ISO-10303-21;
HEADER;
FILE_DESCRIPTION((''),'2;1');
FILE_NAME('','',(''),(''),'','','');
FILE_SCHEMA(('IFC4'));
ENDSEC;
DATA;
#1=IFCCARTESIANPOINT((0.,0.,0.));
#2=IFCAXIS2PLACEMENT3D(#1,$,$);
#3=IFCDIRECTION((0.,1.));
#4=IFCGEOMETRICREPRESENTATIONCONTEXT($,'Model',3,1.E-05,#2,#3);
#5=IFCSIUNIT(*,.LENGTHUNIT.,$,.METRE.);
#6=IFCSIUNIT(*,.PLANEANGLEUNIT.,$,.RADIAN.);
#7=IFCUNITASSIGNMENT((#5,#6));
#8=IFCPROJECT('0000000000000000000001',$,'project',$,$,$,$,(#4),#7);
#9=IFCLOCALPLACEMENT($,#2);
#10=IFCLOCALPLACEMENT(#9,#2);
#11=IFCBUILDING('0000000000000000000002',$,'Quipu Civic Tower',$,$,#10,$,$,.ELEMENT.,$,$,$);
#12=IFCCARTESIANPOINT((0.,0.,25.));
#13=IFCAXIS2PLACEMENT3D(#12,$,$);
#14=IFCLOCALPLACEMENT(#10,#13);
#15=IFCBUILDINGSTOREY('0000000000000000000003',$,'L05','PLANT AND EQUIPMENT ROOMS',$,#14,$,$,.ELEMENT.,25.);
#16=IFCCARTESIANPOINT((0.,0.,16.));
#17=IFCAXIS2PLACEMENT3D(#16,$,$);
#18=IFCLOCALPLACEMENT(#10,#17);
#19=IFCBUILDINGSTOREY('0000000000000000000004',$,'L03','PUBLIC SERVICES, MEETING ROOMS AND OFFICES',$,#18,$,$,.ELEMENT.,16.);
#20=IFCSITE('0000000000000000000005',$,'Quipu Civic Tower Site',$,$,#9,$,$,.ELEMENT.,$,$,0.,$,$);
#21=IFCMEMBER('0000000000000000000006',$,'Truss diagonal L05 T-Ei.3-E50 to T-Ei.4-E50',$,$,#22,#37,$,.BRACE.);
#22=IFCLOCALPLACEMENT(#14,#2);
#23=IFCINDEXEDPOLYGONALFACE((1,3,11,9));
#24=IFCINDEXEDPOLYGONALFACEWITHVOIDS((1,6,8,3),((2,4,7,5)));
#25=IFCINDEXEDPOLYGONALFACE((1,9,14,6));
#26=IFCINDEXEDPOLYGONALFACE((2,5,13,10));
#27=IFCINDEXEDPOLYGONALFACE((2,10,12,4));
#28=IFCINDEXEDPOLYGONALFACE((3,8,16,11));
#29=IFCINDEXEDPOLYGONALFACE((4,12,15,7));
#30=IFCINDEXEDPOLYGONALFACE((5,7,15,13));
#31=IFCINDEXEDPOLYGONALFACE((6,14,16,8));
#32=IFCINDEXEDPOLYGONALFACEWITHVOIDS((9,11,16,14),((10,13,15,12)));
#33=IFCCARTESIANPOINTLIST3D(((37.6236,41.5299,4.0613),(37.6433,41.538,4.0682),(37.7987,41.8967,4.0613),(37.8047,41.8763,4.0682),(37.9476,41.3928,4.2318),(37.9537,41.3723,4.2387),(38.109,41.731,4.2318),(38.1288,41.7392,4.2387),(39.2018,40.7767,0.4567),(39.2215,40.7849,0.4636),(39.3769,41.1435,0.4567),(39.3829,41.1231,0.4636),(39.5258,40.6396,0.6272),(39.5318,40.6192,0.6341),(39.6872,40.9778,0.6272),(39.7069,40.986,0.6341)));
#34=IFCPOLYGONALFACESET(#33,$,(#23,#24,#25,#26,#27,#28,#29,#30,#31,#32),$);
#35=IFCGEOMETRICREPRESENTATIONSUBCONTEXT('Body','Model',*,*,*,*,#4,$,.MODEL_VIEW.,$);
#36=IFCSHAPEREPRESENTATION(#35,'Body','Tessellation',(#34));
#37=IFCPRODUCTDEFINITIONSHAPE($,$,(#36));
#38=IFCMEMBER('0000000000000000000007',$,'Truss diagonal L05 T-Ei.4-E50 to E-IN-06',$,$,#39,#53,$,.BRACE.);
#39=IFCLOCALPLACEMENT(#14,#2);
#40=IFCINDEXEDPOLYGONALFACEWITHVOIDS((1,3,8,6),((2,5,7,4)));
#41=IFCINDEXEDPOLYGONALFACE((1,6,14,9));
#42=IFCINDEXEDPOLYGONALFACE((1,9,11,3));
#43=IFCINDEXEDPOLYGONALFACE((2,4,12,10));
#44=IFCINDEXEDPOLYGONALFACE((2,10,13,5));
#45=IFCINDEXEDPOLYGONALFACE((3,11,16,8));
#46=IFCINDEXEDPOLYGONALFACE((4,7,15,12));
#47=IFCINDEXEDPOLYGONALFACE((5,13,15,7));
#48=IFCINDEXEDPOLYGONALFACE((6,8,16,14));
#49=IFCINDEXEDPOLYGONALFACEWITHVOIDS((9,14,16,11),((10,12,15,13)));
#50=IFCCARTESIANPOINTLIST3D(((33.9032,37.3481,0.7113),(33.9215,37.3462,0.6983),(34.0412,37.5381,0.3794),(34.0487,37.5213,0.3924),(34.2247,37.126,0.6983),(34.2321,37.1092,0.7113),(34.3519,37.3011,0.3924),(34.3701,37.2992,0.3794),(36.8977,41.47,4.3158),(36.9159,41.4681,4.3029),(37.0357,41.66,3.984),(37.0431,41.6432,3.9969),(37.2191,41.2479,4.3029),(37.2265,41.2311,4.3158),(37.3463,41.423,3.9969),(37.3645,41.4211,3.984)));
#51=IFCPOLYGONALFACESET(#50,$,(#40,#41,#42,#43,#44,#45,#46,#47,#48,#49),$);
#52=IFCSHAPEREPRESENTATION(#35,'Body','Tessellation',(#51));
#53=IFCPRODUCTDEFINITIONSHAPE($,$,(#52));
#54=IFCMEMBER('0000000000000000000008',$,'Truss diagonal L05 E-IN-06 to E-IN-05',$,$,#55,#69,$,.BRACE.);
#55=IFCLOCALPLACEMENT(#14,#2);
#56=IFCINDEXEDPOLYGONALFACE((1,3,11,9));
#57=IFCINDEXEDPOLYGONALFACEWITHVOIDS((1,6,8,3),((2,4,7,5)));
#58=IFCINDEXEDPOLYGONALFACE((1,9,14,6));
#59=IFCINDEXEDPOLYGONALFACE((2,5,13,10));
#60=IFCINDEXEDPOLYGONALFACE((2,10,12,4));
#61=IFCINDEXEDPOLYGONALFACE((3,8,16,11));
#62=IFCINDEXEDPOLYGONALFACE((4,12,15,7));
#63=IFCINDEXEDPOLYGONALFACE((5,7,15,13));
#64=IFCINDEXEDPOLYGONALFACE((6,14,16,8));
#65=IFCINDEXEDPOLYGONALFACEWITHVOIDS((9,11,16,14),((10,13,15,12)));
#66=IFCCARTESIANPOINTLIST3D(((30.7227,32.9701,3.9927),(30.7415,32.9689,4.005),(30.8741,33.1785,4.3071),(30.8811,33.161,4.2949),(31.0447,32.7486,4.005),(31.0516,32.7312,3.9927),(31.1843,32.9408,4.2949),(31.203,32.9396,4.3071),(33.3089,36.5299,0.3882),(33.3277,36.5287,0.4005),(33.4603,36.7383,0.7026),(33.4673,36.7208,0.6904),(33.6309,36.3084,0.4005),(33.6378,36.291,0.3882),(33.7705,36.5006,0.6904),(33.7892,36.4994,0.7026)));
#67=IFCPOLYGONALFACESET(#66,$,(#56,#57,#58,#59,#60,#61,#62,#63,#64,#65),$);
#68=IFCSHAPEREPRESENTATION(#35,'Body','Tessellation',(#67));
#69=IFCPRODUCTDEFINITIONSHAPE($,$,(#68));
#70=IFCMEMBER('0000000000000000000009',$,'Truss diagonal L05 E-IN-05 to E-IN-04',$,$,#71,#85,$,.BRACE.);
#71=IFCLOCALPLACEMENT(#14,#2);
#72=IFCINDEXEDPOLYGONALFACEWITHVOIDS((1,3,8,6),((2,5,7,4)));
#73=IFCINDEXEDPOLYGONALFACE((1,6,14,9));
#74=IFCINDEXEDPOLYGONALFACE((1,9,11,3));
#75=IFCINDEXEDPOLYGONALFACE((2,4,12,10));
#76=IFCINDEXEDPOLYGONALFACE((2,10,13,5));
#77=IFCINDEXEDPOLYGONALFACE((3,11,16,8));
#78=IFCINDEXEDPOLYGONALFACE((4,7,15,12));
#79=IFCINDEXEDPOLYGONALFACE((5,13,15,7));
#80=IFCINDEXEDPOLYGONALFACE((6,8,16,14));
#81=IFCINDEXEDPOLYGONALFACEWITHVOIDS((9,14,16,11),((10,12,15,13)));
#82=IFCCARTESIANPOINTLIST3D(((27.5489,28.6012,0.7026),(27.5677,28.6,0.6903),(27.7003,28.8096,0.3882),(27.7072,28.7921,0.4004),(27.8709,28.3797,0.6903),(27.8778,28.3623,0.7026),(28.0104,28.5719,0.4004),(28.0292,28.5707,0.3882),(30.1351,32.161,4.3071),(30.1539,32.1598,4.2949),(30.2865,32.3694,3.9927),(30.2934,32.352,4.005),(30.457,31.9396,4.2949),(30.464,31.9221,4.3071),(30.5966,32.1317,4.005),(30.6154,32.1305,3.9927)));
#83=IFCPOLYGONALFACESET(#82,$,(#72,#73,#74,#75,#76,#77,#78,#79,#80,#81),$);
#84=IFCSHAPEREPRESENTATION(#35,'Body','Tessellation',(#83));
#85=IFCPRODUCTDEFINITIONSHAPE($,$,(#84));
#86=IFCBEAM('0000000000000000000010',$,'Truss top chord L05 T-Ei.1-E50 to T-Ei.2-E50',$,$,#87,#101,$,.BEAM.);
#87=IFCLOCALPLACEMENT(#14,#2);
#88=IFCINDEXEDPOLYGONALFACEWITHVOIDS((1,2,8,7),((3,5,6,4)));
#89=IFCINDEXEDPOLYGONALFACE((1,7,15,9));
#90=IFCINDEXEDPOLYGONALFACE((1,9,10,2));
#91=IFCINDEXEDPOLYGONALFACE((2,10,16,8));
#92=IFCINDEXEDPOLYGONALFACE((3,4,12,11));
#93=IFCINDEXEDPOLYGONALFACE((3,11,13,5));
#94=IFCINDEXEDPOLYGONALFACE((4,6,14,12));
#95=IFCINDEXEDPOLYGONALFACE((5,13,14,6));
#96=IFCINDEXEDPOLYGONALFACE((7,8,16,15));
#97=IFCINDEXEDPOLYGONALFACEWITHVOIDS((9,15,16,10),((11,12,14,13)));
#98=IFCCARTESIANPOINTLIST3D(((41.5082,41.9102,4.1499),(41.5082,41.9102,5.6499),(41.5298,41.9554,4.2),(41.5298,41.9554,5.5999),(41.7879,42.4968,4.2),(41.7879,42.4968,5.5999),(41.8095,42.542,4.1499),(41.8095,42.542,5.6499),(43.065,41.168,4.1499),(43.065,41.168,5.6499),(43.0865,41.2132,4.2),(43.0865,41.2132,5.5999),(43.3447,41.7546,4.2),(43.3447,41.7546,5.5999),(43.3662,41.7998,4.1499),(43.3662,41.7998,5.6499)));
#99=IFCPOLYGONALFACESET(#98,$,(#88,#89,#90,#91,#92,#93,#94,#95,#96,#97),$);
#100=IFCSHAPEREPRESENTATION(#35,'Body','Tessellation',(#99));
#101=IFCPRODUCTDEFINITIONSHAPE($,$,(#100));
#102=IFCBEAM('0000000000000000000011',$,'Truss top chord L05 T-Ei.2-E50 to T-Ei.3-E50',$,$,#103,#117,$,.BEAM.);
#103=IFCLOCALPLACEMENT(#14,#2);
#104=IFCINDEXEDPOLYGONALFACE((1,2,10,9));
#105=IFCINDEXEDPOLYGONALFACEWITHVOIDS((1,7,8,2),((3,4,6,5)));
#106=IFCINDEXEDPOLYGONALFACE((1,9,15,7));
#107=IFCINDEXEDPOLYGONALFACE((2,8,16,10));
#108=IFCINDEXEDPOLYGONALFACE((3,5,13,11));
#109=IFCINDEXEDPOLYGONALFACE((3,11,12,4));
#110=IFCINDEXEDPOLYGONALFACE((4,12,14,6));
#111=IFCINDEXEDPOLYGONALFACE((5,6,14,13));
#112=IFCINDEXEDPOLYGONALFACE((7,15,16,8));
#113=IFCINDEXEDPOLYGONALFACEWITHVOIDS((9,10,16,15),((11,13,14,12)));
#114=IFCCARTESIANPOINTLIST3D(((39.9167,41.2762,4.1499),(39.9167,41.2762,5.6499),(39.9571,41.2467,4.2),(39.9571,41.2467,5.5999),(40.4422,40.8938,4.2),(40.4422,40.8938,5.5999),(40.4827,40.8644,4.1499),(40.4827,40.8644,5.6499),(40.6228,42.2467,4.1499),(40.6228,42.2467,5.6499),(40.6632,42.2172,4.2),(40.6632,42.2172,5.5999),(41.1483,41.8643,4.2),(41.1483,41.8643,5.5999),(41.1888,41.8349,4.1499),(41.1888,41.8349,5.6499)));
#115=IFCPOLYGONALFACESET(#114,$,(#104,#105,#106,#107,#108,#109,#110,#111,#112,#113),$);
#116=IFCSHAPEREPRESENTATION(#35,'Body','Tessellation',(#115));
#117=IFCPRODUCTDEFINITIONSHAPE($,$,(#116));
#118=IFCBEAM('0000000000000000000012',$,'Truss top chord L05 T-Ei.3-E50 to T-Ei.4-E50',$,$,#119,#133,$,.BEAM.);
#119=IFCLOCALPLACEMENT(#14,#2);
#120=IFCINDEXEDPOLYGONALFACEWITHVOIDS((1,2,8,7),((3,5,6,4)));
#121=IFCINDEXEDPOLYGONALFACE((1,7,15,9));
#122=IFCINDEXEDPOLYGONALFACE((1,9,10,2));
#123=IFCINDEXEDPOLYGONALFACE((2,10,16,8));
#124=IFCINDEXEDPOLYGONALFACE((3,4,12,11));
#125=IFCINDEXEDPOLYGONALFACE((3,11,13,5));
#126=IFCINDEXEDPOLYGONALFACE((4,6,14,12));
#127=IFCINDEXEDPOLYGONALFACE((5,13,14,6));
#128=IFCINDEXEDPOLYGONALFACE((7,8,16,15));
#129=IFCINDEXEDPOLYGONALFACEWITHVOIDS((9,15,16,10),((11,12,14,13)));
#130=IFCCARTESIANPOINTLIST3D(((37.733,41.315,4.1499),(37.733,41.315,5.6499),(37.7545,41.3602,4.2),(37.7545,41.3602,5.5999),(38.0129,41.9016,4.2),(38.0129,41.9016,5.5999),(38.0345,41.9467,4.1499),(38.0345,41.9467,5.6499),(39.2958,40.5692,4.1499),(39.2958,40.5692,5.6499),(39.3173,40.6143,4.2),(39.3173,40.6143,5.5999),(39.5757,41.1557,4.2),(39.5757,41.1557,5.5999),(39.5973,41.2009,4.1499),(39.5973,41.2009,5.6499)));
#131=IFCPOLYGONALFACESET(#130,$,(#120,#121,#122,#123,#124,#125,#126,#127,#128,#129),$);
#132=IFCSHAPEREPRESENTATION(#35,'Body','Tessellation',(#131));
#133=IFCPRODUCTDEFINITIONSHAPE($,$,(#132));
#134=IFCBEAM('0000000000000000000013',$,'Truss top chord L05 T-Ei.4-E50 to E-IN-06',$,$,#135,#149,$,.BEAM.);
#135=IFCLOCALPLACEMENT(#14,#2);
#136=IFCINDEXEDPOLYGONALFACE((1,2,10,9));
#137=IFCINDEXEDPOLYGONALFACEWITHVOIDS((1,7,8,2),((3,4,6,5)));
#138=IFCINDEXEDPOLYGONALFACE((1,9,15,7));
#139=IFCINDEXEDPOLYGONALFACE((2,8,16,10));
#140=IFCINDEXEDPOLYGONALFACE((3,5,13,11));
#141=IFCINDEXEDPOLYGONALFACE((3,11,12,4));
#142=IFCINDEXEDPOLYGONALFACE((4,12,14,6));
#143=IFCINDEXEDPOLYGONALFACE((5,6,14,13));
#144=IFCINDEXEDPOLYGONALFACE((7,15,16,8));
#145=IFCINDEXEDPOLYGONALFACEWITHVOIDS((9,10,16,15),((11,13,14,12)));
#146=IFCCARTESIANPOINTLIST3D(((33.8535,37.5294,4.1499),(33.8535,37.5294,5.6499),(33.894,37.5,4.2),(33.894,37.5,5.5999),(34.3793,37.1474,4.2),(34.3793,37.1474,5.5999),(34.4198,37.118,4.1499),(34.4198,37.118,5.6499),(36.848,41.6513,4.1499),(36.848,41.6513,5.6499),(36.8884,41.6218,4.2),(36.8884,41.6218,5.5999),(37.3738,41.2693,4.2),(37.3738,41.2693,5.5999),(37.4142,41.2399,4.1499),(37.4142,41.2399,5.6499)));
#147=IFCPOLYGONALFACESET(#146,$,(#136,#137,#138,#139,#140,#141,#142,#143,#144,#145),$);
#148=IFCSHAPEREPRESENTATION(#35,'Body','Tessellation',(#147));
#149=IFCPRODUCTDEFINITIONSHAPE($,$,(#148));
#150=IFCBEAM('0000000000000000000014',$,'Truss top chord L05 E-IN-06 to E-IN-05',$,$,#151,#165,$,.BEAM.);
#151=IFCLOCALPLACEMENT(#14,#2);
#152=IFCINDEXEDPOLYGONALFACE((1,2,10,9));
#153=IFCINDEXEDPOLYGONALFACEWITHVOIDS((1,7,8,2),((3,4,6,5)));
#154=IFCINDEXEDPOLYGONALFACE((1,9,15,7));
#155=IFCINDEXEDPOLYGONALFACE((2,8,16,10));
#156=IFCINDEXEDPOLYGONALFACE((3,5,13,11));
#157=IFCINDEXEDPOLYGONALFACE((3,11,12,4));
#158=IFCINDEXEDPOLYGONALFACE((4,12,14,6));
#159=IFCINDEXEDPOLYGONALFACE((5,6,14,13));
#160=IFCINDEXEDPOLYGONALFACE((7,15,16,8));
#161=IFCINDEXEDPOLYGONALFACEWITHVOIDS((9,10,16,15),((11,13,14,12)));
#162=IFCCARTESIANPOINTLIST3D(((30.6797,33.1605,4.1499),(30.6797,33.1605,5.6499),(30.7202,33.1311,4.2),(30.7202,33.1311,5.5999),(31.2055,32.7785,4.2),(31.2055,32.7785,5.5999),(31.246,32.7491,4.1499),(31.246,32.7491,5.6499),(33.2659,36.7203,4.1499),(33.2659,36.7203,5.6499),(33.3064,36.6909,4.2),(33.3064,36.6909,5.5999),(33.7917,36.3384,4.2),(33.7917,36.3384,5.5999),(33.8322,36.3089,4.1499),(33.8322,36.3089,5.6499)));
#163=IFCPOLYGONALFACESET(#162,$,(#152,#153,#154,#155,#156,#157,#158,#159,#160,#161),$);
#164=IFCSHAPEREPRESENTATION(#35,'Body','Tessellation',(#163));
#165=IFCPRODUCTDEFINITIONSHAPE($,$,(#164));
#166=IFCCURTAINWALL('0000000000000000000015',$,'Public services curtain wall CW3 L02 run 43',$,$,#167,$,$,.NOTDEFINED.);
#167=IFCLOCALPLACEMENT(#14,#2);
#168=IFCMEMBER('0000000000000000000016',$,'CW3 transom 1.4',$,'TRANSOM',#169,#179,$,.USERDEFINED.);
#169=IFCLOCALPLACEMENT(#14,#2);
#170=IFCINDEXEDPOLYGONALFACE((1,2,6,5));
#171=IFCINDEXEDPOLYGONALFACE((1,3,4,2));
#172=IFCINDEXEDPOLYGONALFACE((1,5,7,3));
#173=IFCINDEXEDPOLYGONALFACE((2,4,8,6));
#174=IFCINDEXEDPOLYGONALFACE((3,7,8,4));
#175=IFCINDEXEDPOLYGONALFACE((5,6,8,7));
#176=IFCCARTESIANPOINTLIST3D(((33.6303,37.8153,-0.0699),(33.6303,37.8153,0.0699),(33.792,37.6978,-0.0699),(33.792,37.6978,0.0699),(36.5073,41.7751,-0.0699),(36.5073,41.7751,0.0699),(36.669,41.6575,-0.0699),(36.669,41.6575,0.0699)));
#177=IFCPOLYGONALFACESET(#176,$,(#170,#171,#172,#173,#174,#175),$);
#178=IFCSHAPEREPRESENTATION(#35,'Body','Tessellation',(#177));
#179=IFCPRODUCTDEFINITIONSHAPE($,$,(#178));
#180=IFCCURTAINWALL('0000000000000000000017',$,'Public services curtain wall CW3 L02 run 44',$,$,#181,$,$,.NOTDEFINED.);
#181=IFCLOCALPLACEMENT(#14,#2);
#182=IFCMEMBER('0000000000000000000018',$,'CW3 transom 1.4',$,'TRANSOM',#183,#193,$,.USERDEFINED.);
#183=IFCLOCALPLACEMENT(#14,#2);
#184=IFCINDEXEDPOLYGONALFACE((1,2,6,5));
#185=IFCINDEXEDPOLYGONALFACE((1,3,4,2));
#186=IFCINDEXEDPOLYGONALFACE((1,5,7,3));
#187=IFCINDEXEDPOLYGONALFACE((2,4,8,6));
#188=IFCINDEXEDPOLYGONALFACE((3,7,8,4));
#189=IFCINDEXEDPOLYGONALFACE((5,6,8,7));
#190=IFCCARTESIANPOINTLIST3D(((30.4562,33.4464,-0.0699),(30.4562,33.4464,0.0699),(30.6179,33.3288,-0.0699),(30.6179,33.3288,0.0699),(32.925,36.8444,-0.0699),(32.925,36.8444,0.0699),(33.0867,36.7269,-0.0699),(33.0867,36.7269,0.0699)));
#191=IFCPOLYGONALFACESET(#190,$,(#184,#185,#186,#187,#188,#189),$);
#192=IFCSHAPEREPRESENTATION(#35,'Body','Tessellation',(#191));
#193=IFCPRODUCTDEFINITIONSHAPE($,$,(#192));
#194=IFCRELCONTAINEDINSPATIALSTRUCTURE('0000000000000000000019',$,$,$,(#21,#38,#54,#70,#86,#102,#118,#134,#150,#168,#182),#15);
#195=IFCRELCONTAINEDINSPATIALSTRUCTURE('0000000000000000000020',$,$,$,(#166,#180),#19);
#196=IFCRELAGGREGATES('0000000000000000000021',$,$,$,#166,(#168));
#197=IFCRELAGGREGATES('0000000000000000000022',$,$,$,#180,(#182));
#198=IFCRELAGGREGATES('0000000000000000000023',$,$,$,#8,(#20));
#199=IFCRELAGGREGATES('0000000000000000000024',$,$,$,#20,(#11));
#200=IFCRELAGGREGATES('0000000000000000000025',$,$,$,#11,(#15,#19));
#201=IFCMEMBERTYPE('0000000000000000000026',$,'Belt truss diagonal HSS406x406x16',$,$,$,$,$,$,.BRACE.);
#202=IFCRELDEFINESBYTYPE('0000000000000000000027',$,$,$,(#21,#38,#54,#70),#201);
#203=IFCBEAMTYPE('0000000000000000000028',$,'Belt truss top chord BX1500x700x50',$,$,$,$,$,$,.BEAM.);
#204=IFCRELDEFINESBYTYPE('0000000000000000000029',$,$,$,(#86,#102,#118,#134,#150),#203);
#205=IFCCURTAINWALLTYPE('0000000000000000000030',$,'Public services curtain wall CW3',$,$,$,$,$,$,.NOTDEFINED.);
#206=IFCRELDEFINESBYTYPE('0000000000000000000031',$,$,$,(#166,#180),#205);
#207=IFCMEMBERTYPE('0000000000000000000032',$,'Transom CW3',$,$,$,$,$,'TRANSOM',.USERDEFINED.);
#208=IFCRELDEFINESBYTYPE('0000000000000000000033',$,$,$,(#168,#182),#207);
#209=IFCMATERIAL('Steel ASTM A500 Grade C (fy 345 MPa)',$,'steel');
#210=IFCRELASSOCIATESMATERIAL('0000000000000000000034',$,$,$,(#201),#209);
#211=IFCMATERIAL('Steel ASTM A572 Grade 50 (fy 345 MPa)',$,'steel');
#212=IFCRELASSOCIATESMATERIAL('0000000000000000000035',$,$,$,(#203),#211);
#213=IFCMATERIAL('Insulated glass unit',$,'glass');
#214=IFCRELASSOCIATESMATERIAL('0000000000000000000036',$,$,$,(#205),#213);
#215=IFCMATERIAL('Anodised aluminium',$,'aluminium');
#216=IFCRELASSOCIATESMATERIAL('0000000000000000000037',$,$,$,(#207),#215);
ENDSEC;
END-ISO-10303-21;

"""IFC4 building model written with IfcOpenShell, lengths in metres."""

from ifc_helpers import new_model, si_unit, direction, frame, origin, origin_2d, place, context, subcontext, project, spatial, rectangle, hollow_rectangle, extrude, material, material_profile, profile_set, type_object, element, aggregate, save


model = new_model("IFC4")

# Units and contexts
model_context = context("Model", 3, precision=1e-05, world=origin(), true_north=direction((0.0, 1.0)))
body_context = subcontext(model_context, "Body", "Model", "MODEL_VIEW")
ifc_project = project(units=[si_unit("LENGTHUNIT", "METRE"), si_unit("PLANEANGLEUNIT", "RADIAN")], contexts=[model_context])

# Site, building, storey
site_placement = place(None, origin())
site = spatial("IfcSite", under=ifc_project, at=site_placement, Name="Quipu Civic Tower Site", CompositionType="ELEMENT", RefElevation=0.0)
building_placement = place(site_placement, origin())
building = spatial("IfcBuilding", under=site, at=building_placement, Name="Quipu Civic Tower", CompositionType="ELEMENT")
storey_1_placement = place(building_placement, frame((0.0, 0.0, 25.0)))
storey_1 = spatial("IfcBuildingStorey", under=building, at=storey_1_placement, Name="L05", Description="PLANT AND EQUIPMENT ROOMS", CompositionType="ELEMENT", Elevation=25.0)

# Members
ifc_material_1 = material(Name="Steel ASTM A500 Grade C (fy 345 MPa)", Category="steel")
ifc_material_profile_1 = material_profile(ifc_material_1, hollow_rectangle(XDim=0.4065, YDim=0.4065, WallThickness=0.0159, at=origin_2d()), Name="HSS406x406x16")
ifc_profile_set_1 = profile_set([ifc_material_profile_1], Name="Steel ASTM A500 Grade C (fy 345 MPa)")
member_type_1 = type_object("IfcMemberType", Name="Belt truss diagonal HSS406x406x16", PredefinedType="BRACE", material=ifc_profile_set_1)
member_1_placement = place(storey_1_placement, frame((39.4543, 40.8813, 0.5454), z_axis=(-0.393915, 0.187999, 0.899715), x_axis=(-0.430719, -0.902486, 0.0)))
element("IfcMember", 1, at=member_1_placement, inside=storey_1, type_object=member_type_1, Name="Truss diagonal L05 T-Ei.3-E50 to T-Ei.4-E50", PredefinedType="BRACE", context=body_context, shape_type="SweptSolid", body=[
    extrude(hollow_rectangle(XDim=0.4065, YDim=0.4065, WallThickness=0.0159, at=origin_2d()), origin(), (0.0, 0.0, 1.0), 4.0063),
])
member_2_placement = place(storey_1_placement, frame((37.1311, 41.4456, 4.1499), z_axis=(-0.479804, -0.66046, -0.577565), x_axis=(0.809045, -0.587747, 0.0)))
element("IfcMember", 2, at=member_2_placement, inside=storey_1, type_object=member_type_1, Name="Truss diagonal L05 T-Ei.4-E50 to E-IN-06", PredefinedType="BRACE", context=body_context, shape_type="SweptSolid", body=[
    extrude(hollow_rectangle(XDim=0.4065, YDim=0.4065, WallThickness=0.0159, at=origin_2d()), origin(), (0.0, 0.0, 1.0), 6.241),
])
for number, where, z_axis, x_axis, name in (
    (3, (33.5491, 36.5146, 0.5454), (-0.454676, -0.62585, 0.633705), (0.809036, -0.587759, 0.0), "Truss diagonal L05 E-IN-06 to E-IN-05"),
    (4, (30.3752, 32.1458, 4.1499), (-0.454676, -0.62585, -0.633705), (0.809036, -0.587759, 0.0), "Truss diagonal L05 E-IN-05 to E-IN-04"),
):
    element("IfcMember", number, at=place(storey_1_placement, frame(where, z_axis=z_axis, x_axis=x_axis)), inside=storey_1, type_object=member_type_1, Name=name, PredefinedType="BRACE", context=body_context, shape_type="SweptSolid", body=[
        extrude(hollow_rectangle(XDim=0.4065, YDim=0.4065, WallThickness=0.0159, at=origin_2d()), origin(), (0.0, 0.0, 1.0), 5.688),
    ])

# Beams
ifc_material_2 = material(Name="Steel ASTM A572 Grade 50 (fy 345 MPa)", Category="steel")
ifc_material_profile_2 = material_profile(ifc_material_2, hollow_rectangle(XDim=0.7, YDim=1.5, WallThickness=0.05, at=origin_2d()), Name="BX1500x700x50")
ifc_profile_set_2 = profile_set([ifc_material_profile_2], Name="Steel ASTM A572 Grade 50 (fy 345 MPa)")
beam_type_1 = type_object("IfcBeamType", Name="Belt truss top chord BX1500x700x50", PredefinedType="BEAM", material=ifc_profile_set_2)
beam_1_placement = place(storey_1_placement, frame((43.2156, 41.4839, 4.8999), z_axis=(-0.902651, 0.430373, 0.0), x_axis=(-0.430373, -0.902651, 0.0)))
element("IfcBeam", 5, at=beam_1_placement, inside=storey_1, type_object=beam_type_1, Name="Truss top chord L05 T-Ei.1-E50 to T-Ei.2-E50", PredefinedType="BEAM", context=body_context, shape_type="SweptSolid", body=[
    extrude(hollow_rectangle(XDim=0.7, YDim=1.5, WallThickness=0.05, at=origin_2d()), origin(), (0.0, 0.0, 1.0), 1.7246),
])
beam_2_placement = place(storey_1_placement, frame((40.9058, 42.0408, 4.8999), z_axis=(-0.588317, -0.808631, 0.0), x_axis=(0.808631, -0.588317, 0.0)))
element("IfcBeam", 6, at=beam_2_placement, inside=storey_1, type_object=beam_type_1, Name="Truss top chord L05 T-Ei.2-E50 to T-Ei.3-E50", PredefinedType="BEAM", context=body_context, shape_type="SweptSolid", body=[
    extrude(hollow_rectangle(XDim=0.7, YDim=1.5, WallThickness=0.05, at=origin_2d()), origin(), (0.0, 0.0, 1.0), 1.2002),
])
beam_3_placement = place(storey_1_placement, frame((39.4465, 40.885, 4.8999), z_axis=(-0.902482, 0.430727, 0.0), x_axis=(-0.430727, -0.902482, 0.0)))
element("IfcBeam", 7, at=beam_3_placement, inside=storey_1, type_object=beam_type_1, Name="Truss top chord L05 T-Ei.3-E50 to T-Ei.4-E50", PredefinedType="BEAM", context=body_context, shape_type="SweptSolid", body=[
    extrude(hollow_rectangle(XDim=0.7, YDim=1.5, WallThickness=0.05, at=origin_2d()), origin(), (0.0, 0.0, 1.0), 1.7317),
])
beam_4_placement = place(storey_1_placement, frame((37.1311, 41.4456, 4.8999), z_axis=(-0.587747, -0.809045, 0.0), x_axis=(0.809045, -0.587747, 0.0)))
element("IfcBeam", 8, at=beam_4_placement, inside=storey_1, type_object=beam_type_1, Name="Truss top chord L05 T-Ei.4-E50 to E-IN-06", PredefinedType="BEAM", context=body_context, shape_type="SweptSolid", body=[
    extrude(hollow_rectangle(XDim=0.7, YDim=1.5, WallThickness=0.05, at=origin_2d()), origin(), (0.0, 0.0, 1.0), 5.0947),
])
beam_5_placement = place(storey_1_placement, frame((33.5491, 36.5146, 4.8999), z_axis=(-0.587759, -0.809036, 0.0), x_axis=(0.809036, -0.587759, 0.0)))
element("IfcBeam", 9, at=beam_5_placement, inside=storey_1, type_object=beam_type_1, Name="Truss top chord L05 E-IN-06 to E-IN-05", PredefinedType="BEAM", context=body_context, shape_type="SweptSolid", body=[
    extrude(hollow_rectangle(XDim=0.7, YDim=1.5, WallThickness=0.05, at=origin_2d()), origin(), (0.0, 0.0, 1.0), 4.4001),
])

# Shared definitions
storey_2_placement = place(building_placement, frame((0.0, 0.0, 16.0)))
storey_2 = spatial("IfcBuildingStorey", under=building, at=storey_2_placement, Name="L03", Description="PUBLIC SERVICES, MEETING ROOMS AND OFFICES", CompositionType="ELEMENT", Elevation=16.0)

# Curtain walls, members
ifc_material_3 = material(Name="Insulated glass unit", Category="glass")
curtain_wall_type = type_object("IfcCurtainWallType", Name="Public services curtain wall CW3", PredefinedType="NOTDEFINED", material=ifc_material_3)
curtain_wall_1_placement = place(storey_2_placement, origin())
curtain_wall_1 = element("IfcCurtainWall", 10, at=curtain_wall_1_placement, inside=storey_2, type_object=curtain_wall_type, Name="Public services curtain wall CW3 L02 run 43", PredefinedType="NOTDEFINED")
ifc_material_4 = material(Name="Anodised aluminium", Category="aluminium")
ifc_material_profile_3 = material_profile(ifc_material_4, rectangle(XDim=0.2, YDim=0.1399, at=origin_2d()), Name="RECT 200x140")
ifc_profile_set_3 = profile_set([ifc_material_profile_3], Name="Anodised aluminium")
member_type_2 = type_object("IfcMemberType", Name="Transom CW3", ElementType="TRANSOM", PredefinedType="USERDEFINED", material=ifc_profile_set_3)
member_3_placement = place(storey_1_placement, frame((36.5881, 41.7163, 0.0), z_axis=(-0.587792, -0.809012, 0.0), x_axis=(0.809012, -0.587792, 0.0)))
member_3 = element("IfcMember", 11, at=member_3_placement, inside=storey_1, type_object=member_type_2, Name="CW3 transom 1.4", ObjectType="TRANSOM", PredefinedType="USERDEFINED", context=body_context, shape_type="SweptSolid", body=[
    extrude(rectangle(XDim=0.2, YDim=0.1399, at=origin_2d()), origin(), (0.0, 0.0, 1.0), 4.8945),
])
aggregate(curtain_wall_1, [member_3])
curtain_wall_2_placement = place(storey_2_placement, origin())
curtain_wall_2 = element("IfcCurtainWall", 12, at=curtain_wall_2_placement, inside=storey_2, type_object=curtain_wall_type, Name="Public services curtain wall CW3 L02 run 44", PredefinedType="NOTDEFINED")
member_4_placement = place(storey_1_placement, frame((33.0059, 36.7856, 0.0), z_axis=(-0.587785, -0.809018, 0.0), x_axis=(0.809018, -0.587785, 0.0)))
member_4 = element("IfcMember", 13, at=member_4_placement, inside=storey_1, type_object=member_type_2, Name="CW3 transom 1.4", ObjectType="TRANSOM", PredefinedType="USERDEFINED", context=body_context, shape_type="SweptSolid", body=[
    extrude(rectangle(XDim=0.2, YDim=0.1399, at=origin_2d()), origin(), (0.0, 0.0, 1.0), 4.2002),
])
aggregate(curtain_wall_2, [member_4])

save(model, "model.ifc")
